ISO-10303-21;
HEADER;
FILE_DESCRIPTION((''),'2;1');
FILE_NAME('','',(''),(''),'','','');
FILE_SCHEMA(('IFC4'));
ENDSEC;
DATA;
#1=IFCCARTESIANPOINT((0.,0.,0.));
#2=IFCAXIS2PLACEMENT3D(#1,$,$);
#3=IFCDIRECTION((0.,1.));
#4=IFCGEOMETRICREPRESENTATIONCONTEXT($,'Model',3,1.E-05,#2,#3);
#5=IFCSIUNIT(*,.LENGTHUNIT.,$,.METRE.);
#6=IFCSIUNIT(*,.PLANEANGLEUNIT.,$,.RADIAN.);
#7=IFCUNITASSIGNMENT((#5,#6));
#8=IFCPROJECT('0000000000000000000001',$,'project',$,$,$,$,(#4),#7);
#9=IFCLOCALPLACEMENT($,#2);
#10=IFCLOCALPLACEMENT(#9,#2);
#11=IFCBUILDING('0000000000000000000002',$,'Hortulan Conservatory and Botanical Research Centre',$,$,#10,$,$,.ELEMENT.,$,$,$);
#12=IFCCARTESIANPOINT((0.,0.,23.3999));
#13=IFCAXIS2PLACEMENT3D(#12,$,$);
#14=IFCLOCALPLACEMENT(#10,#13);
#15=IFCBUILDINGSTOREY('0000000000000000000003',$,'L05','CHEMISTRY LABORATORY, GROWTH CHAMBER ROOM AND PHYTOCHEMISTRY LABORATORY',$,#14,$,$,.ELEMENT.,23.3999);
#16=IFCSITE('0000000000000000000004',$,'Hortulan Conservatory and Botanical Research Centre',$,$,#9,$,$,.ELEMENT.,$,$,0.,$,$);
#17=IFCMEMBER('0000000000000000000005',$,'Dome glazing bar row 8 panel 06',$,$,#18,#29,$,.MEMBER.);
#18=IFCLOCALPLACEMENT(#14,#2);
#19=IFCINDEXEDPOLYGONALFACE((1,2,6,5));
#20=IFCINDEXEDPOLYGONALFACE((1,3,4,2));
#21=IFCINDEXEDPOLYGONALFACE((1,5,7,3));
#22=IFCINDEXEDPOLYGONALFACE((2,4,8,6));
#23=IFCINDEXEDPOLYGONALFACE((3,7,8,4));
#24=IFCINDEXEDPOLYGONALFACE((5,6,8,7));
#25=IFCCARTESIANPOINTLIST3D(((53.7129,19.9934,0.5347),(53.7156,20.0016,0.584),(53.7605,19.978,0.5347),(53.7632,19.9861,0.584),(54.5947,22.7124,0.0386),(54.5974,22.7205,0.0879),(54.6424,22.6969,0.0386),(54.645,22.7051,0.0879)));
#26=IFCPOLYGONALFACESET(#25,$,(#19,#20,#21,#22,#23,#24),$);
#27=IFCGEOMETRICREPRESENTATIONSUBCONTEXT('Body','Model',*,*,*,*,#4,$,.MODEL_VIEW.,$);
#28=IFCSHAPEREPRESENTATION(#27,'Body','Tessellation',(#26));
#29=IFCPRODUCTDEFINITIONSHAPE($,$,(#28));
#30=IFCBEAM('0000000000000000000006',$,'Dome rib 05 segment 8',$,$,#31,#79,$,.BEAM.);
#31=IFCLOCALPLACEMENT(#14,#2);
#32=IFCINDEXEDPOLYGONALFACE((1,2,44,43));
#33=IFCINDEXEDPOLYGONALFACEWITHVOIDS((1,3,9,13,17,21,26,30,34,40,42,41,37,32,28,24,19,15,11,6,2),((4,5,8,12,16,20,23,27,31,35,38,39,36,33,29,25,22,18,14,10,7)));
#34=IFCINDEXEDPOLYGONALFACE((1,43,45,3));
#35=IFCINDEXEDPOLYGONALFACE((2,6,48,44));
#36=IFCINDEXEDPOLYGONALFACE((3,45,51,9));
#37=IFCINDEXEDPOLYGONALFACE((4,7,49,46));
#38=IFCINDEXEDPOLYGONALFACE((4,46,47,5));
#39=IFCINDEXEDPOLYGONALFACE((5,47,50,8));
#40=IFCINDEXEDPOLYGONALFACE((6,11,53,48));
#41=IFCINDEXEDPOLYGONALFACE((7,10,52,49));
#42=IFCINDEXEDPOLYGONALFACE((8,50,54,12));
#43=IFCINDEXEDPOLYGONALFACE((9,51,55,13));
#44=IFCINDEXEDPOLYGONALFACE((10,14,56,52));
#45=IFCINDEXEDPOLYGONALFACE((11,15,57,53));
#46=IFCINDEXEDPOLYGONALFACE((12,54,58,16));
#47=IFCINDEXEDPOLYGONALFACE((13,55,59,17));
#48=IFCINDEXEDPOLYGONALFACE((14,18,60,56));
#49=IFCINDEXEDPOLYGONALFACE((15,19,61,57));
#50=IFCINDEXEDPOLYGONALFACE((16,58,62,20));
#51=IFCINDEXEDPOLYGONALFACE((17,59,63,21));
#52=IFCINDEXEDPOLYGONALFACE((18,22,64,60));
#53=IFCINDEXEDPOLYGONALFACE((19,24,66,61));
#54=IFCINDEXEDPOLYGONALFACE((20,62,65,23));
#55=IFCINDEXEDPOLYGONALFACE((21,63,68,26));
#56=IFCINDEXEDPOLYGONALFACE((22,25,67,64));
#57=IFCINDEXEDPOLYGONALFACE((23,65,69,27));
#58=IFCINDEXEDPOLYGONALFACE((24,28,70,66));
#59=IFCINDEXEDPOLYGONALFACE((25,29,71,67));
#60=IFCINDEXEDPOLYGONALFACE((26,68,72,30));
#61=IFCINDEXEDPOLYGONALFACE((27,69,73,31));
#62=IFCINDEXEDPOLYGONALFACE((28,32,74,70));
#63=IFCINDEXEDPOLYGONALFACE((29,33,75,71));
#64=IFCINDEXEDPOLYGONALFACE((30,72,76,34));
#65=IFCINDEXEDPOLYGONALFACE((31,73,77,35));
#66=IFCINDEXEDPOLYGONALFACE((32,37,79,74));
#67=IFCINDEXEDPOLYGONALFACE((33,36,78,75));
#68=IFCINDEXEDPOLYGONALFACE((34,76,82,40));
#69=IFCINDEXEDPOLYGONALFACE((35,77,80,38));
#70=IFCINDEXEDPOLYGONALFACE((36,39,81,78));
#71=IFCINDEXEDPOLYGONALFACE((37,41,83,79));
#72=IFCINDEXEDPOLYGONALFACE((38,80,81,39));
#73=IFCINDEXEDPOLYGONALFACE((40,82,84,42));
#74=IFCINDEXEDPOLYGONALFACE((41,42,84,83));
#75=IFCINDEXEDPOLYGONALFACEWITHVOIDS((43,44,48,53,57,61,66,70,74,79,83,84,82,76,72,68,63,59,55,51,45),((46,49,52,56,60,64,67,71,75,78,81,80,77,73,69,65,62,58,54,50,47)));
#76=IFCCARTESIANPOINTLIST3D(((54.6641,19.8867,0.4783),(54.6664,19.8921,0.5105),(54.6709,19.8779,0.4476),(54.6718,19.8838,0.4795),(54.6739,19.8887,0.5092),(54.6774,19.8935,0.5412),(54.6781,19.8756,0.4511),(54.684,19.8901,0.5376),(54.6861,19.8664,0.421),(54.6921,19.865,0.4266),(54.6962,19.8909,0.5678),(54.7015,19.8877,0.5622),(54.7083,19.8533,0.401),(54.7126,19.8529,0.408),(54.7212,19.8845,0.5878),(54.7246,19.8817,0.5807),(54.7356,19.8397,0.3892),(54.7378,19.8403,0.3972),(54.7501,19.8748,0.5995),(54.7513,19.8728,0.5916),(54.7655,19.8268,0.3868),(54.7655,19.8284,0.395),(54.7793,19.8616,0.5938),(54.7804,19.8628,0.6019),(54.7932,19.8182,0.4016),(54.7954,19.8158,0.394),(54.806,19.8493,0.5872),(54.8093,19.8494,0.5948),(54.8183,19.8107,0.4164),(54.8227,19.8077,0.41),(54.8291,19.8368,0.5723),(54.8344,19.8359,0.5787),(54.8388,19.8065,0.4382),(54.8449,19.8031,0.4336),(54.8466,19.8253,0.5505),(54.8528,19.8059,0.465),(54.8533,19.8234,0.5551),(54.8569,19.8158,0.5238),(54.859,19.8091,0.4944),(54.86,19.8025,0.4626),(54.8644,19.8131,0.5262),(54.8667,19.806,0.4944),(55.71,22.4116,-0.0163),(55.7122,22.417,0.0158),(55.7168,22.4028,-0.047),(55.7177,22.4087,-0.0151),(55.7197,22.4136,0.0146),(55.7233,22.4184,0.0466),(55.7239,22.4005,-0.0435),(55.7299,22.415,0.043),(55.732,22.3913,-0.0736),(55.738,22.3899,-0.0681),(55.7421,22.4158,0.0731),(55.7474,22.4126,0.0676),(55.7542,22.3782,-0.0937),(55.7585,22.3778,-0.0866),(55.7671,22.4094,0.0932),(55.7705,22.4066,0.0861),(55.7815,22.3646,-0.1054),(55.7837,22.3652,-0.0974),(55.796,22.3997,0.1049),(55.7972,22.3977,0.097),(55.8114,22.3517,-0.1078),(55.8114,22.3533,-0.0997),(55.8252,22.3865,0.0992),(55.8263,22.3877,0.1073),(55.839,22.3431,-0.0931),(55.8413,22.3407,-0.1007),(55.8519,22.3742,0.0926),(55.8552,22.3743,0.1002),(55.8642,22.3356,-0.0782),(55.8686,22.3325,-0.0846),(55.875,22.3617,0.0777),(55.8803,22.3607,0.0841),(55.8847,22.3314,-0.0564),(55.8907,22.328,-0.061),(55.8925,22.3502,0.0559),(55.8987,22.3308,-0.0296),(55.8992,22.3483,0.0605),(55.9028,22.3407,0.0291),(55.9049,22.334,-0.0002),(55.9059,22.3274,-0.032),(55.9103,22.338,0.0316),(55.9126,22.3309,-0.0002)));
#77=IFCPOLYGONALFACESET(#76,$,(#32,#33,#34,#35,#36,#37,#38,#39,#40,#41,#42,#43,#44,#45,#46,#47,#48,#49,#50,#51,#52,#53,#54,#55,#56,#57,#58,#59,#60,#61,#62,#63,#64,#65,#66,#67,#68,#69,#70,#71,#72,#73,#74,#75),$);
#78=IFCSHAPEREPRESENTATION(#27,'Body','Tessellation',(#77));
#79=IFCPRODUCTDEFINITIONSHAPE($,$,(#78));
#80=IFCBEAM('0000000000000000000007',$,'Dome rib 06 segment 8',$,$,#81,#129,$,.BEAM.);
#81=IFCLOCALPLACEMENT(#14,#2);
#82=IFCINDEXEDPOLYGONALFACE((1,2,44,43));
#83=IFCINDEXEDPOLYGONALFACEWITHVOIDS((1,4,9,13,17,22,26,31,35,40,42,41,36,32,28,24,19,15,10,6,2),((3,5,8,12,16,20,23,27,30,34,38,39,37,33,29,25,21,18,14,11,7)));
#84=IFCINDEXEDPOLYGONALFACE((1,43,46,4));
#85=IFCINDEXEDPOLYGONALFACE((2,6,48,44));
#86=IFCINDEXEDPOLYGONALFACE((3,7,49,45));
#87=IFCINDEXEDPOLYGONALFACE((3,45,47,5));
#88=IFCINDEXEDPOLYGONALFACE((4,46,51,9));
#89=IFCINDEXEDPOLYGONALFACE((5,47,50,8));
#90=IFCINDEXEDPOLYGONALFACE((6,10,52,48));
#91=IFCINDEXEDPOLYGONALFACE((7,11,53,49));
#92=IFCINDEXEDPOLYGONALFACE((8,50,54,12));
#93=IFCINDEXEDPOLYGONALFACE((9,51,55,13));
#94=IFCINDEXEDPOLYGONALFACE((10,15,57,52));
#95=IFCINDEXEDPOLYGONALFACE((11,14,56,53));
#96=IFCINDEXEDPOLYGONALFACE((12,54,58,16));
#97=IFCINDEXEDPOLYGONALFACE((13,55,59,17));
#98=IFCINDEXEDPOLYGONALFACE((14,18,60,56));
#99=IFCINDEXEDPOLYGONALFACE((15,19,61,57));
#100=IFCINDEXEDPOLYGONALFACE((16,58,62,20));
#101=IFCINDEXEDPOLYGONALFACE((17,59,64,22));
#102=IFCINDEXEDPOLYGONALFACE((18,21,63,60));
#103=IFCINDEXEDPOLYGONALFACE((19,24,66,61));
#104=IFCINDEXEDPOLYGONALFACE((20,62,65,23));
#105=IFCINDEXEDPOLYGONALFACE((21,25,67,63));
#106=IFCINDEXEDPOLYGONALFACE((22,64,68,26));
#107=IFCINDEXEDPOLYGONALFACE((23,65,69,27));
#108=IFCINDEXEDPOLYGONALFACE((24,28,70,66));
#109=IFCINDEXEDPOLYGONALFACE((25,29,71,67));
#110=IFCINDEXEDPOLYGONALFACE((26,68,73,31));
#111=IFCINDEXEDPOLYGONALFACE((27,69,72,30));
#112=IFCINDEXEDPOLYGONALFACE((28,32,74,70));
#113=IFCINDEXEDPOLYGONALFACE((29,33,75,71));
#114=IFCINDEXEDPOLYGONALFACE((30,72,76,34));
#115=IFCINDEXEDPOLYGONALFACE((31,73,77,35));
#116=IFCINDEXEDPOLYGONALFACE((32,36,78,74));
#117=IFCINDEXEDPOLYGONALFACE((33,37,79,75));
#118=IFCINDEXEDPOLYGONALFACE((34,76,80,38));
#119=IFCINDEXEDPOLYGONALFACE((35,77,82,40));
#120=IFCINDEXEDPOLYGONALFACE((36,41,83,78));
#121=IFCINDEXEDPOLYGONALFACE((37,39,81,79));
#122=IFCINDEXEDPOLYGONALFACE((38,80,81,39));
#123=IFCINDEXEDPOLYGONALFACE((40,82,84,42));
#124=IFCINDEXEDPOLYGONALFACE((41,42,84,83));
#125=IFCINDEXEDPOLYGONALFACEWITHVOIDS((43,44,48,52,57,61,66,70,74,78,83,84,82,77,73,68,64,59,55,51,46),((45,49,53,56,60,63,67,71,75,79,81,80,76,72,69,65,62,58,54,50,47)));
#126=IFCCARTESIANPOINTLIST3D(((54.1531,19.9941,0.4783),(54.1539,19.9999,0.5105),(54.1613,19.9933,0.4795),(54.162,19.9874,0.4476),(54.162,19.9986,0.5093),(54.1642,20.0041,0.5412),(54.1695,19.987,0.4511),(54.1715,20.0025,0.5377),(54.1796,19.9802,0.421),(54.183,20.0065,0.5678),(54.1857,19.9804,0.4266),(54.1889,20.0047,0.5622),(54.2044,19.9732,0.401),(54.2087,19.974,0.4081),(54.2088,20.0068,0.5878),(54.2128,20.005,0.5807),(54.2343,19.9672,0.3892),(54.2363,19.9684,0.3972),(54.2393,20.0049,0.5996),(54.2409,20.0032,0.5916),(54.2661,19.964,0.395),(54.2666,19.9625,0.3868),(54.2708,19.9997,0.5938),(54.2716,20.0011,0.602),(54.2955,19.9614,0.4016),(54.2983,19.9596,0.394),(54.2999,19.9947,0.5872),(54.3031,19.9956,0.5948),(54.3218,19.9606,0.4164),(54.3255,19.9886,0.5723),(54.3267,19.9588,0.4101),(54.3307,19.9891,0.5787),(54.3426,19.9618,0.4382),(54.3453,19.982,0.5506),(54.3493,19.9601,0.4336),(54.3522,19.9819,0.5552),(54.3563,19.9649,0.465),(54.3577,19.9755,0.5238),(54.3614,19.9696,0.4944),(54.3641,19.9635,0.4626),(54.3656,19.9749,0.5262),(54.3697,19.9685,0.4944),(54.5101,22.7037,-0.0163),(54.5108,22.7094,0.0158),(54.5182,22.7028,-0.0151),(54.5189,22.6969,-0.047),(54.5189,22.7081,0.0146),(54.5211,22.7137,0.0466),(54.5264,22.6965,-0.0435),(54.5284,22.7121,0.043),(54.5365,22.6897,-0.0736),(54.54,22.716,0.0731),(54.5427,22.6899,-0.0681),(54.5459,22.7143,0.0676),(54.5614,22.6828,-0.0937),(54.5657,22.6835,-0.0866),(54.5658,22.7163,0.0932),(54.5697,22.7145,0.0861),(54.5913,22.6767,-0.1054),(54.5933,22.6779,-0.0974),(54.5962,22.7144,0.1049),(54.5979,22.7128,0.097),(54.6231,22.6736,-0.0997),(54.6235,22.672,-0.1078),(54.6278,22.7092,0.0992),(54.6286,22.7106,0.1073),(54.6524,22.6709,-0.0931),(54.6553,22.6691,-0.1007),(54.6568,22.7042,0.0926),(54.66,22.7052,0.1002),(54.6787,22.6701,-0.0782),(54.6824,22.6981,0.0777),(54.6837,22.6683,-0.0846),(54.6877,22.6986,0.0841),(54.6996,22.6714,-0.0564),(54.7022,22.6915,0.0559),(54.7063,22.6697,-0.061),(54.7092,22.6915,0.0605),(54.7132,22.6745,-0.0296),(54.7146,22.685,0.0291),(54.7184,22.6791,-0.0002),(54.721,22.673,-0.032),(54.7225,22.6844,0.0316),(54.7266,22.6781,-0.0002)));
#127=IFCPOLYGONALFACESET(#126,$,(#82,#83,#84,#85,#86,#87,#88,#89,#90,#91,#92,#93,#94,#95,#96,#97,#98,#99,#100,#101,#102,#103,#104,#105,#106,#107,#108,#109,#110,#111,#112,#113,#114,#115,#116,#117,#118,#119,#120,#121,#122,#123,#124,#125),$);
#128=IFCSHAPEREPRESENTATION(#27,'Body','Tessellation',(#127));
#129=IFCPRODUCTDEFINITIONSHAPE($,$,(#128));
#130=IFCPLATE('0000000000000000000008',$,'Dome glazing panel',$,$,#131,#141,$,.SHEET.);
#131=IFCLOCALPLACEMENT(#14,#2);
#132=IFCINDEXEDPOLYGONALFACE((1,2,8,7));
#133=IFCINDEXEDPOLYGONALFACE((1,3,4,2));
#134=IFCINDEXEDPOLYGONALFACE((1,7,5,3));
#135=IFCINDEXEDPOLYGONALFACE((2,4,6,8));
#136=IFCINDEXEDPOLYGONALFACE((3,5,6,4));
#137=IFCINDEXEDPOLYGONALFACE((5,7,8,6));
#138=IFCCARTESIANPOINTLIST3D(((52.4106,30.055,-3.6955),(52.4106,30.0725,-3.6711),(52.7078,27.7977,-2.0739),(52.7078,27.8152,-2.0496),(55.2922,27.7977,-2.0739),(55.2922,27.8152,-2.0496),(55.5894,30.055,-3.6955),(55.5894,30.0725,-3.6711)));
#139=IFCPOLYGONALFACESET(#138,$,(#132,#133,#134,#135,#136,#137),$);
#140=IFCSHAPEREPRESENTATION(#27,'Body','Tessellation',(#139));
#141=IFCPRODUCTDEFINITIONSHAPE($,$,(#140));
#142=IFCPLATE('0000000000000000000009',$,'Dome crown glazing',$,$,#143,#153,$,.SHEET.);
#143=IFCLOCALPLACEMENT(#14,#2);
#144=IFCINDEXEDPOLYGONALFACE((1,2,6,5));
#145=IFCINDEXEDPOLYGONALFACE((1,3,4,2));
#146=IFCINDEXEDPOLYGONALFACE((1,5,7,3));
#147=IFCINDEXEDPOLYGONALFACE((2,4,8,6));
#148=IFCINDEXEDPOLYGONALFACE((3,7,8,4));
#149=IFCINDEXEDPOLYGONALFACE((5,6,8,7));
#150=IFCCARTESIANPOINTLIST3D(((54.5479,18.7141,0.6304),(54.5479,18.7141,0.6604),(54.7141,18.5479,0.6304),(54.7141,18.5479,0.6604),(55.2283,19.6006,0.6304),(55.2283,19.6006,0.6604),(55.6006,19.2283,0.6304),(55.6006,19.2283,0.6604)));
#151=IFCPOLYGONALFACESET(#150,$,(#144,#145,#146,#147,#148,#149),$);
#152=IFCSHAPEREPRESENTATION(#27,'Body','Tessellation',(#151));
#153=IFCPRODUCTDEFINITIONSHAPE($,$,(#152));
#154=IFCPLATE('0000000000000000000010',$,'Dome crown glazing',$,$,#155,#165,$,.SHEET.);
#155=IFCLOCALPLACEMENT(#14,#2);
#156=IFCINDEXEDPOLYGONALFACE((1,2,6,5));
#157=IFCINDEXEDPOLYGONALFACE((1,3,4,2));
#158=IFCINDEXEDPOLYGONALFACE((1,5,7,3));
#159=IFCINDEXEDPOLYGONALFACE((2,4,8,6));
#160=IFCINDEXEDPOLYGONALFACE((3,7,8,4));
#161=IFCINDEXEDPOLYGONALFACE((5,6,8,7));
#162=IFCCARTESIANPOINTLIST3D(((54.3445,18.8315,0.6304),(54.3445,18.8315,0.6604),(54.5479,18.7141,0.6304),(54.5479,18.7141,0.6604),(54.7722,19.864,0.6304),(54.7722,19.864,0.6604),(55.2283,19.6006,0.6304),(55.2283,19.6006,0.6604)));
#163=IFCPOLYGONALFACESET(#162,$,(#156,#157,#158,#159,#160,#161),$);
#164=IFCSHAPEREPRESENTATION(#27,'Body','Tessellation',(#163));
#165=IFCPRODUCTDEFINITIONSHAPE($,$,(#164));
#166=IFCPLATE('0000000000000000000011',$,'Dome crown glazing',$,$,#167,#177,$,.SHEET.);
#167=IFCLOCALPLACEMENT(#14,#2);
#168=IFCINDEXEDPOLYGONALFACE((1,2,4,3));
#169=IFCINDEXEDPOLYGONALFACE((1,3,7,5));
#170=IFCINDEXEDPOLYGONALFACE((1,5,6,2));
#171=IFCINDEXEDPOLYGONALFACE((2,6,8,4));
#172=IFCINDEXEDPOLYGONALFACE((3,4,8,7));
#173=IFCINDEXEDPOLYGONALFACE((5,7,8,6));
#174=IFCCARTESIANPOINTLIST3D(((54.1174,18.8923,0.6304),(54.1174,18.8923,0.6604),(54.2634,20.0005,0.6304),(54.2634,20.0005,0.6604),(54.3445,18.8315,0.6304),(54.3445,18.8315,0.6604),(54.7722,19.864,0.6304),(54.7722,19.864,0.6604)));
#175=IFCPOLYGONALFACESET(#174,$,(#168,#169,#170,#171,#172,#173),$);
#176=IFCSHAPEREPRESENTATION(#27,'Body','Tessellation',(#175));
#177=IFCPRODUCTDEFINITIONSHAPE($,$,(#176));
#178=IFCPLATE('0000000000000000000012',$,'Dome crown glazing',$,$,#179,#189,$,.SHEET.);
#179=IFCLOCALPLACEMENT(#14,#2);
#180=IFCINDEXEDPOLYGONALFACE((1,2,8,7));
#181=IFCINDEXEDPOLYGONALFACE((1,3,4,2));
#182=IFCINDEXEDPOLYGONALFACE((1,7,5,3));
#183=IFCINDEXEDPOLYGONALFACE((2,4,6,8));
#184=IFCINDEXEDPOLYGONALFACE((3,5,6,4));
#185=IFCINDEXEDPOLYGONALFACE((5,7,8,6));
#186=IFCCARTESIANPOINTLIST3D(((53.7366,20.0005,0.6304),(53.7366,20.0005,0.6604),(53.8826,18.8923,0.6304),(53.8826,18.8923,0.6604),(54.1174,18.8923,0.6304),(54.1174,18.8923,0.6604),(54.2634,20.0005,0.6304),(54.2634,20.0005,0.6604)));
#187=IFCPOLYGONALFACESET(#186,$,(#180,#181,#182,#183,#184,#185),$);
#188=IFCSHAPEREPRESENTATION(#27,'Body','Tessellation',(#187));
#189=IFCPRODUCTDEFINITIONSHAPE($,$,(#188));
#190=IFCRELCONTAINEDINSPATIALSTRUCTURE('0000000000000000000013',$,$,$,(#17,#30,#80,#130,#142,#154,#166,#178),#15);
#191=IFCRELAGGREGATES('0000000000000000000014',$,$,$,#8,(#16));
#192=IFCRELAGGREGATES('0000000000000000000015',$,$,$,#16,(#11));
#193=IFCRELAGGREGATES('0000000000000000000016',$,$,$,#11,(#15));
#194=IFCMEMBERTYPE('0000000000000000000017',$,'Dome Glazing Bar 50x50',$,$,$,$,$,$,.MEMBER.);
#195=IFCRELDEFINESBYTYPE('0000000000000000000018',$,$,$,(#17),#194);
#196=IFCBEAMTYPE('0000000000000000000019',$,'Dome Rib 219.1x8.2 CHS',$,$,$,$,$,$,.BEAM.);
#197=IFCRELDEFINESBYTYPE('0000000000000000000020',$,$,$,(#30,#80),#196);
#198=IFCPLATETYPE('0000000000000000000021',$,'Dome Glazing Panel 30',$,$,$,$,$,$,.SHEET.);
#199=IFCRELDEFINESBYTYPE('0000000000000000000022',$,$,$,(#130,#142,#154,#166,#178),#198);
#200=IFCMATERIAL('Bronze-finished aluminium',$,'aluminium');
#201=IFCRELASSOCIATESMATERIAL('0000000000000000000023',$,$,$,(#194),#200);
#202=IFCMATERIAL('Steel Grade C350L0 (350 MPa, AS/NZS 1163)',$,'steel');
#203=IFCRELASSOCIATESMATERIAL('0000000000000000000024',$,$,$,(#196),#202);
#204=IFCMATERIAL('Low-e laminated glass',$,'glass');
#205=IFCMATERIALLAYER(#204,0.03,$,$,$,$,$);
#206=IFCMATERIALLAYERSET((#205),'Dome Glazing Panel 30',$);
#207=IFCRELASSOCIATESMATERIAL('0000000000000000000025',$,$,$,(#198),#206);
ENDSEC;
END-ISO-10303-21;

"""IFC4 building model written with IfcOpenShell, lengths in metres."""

from ifc_helpers import new_model, si_unit, direction, frame, origin, origin_2d, place, context, subcontext, project, spatial, polyline, rectangle, hollow_circle, outline, extrude, material, layer, layer_set, material_profile, profile_set, type_object, element, save


model = new_model("IFC4")

# Units and contexts
model_context = context("Model", 3, precision=1e-05, world=origin(), true_north=direction((0.0, 1.0)))
body_context = subcontext(model_context, "Body", "Model", "MODEL_VIEW")
ifc_project = project(units=[si_unit("LENGTHUNIT", "METRE"), si_unit("PLANEANGLEUNIT", "RADIAN")], contexts=[model_context])

# Site, building, storey
site_placement = place(None, origin())
site = spatial("IfcSite", under=ifc_project, at=site_placement, Name="Hortulan Conservatory and Botanical Research Centre", CompositionType="ELEMENT", RefElevation=0.0)
building_placement = place(site_placement, origin())
building = spatial("IfcBuilding", under=site, at=building_placement, Name="Hortulan Conservatory and Botanical Research Centre", CompositionType="ELEMENT")
storey_placement = place(building_placement, frame((0.0, 0.0, 23.3999)))
storey = spatial("IfcBuildingStorey", under=building, at=storey_placement, Name="L05", Description="CHEMISTRY LABORATORY, GROWTH CHAMBER ROOM AND PHYTOCHEMISTRY LABORATORY", CompositionType="ELEMENT", Elevation=23.3999)

# Member
ifc_material_1 = material(Name="Steel Grade C350L0 (350 MPa, AS/NZS 1163)", Category="steel")
ifc_material_2 = material(Name="Bronze-finished aluminium", Category="aluminium")
ifc_material_profile_1 = material_profile(ifc_material_2, rectangle(XDim=0.05, YDim=0.05, at=origin_2d()), Name="Square bar 50x50")
ifc_profile_set_1 = profile_set([ifc_material_profile_1], Name="Bronze-finished aluminium")
member_type_1 = type_object("IfcMemberType", Name="Dome Glazing Bar 50x50", PredefinedType="MEMBER", material=ifc_profile_set_1)
member_1_placement = place(storey_placement, frame((54.6199, 22.7087, 0.0632), z_axis=(-0.303961, -0.937212, 0.170999), x_axis=(0.951223, -0.308505, 0.0)))
element("IfcMember", 1, at=member_1_placement, inside=storey, type_object=member_type_1, Name="Dome glazing bar row 8 panel 06", PredefinedType="MEMBER", context=body_context, shape_type="SweptSolid", body=[
    extrude(rectangle(XDim=0.05, YDim=0.05, at=origin_2d()), origin(), (0.0, 0.0, 1.0), 2.9011),
])

# Beams
ifc_material_profile_2 = material_profile(ifc_material_1, hollow_circle(Radius=0.1096, WallThickness=0.0083, at=origin_2d()), Name="219.1x8.2CHS")
ifc_profile_set_2 = profile_set([ifc_material_profile_2], Name="Steel Grade C350L0 (350 MPa, AS/NZS 1163)")
beam_type = type_object("IfcBeamType", Name="Dome Rib 219.1x8.2 CHS", PredefinedType="BEAM", material=ifc_profile_set_2)
for number, where, z_axis, x_axis, name in (
    (2, (55.8113, 22.3728, -0.0002), (-0.376581, -0.909104, 0.178094), (0.923873, -0.382699, 0.0), "Dome rib 05 segment 8"),
    (3, (54.6179, 22.6924, -0.0002), (-0.128519, -0.975584, 0.178098), (0.991434, -0.130607, 0.0), "Dome rib 06 segment 8"),
):
    element("IfcBeam", number, at=place(storey_placement, frame(where, z_axis=z_axis, x_axis=x_axis)), inside=storey, type_object=beam_type, Name=name, PredefinedType="BEAM", context=body_context, shape_type="SweptSolid", body=[
        extrude(hollow_circle(Radius=0.1096, WallThickness=0.0083, at=origin_2d()), origin(), (0.0, 0.0, 1.0), 2.7773),
    ])

# Plates
ifc_material_3 = material(Name="Low-e laminated glass", Category="glass")
ifc_layer_1 = layer(ifc_material_3, 0.03)
ifc_layer_set_1 = layer_set([ifc_layer_1], Name="Dome Glazing Panel 30")
plate_type_1 = type_object("IfcPlateType", Name="Dome Glazing Panel 30", PredefinedType="SHEET", material=ifc_layer_set_1)
plate_1_placement = place(storey_placement, frame((55.5894, 30.0725, -3.6711), z_axis=(0.0, 0.58343, 0.812164), x_axis=(-1.0, 0.0, 0.0)))
element("IfcPlate", 4, at=plate_1_placement, inside=storey, type_object=plate_type_1, Name="Dome glazing panel", PredefinedType="SHEET", context=body_context, shape_type="SweptSolid", body=[
    extrude(outline(polyline([(0.0, 0.0), (3.1787, 0.0), (2.8816, 2.7794), (0.2971, 2.7794), (0.0, 0.0)])), origin(), (0.0, 0.0, -1.0), 0.03),
])
plate_2_placement = place(storey_placement, frame((55.6006, 19.2283, 0.6604), z_axis=(0.0, 0.0, 1.0), x_axis=(-0.707107, 0.707107, 0.0)))
element("IfcPlate", 5, at=plate_2_placement, inside=storey, type_object=plate_type_1, Name="Dome crown glazing", PredefinedType="SHEET", context=body_context, shape_type="SweptSolid", body=[
    extrude(outline(polyline([(0.0, 0.0), (0.5265, 0.0), (0.3808, 1.108), (0.1457, 1.108), (0.0, 0.0)])), origin(), (0.0, 0.0, -1.0), 0.03),
])
plate_3_placement = place(storey_placement, frame((55.2283, 19.6006, 0.6604), z_axis=(0.0, 0.0, 1.0), x_axis=(-0.865923, 0.500177, 0.0)))
element("IfcPlate", 6, at=plate_3_placement, inside=storey, type_object=plate_type_1, Name="Dome crown glazing", PredefinedType="SHEET", context=body_context, shape_type="SweptSolid", body=[
    extrude(outline(polyline([(0.0, 0.0), (0.5267, 0.0), (0.3806, 1.108), (0.1458, 1.1079), (0.0, 0.0)])), origin(), (0.0, 0.0, -1.0), 0.03),
])
plate_4_placement = place(storey_placement, frame((54.7722, 19.864, 0.6604), z_axis=(0.0, 0.0, 1.0), x_axis=(-0.965857, 0.259076, 0.0)))
element("IfcPlate", 7, at=plate_4_placement, inside=storey, type_object=plate_type_1, Name="Dome crown glazing", PredefinedType="SHEET", context=body_context, shape_type="SweptSolid", body=[
    extrude(outline(polyline([(0.0, 0.0), (0.5268, 0.0), (0.3807, 1.1081), (0.1456, 1.108), (0.0, 0.0)])), origin(), (0.0, 0.0, -1.0), 0.03),
])
plate_5_placement = place(storey_placement, frame((54.2634, 20.0005, 0.6604), z_axis=(0.0, 0.0, 1.0), x_axis=(-1.0, 0.0, 0.0)))
element("IfcPlate", 8, at=plate_5_placement, inside=storey, type_object=plate_type_1, Name="Dome crown glazing", PredefinedType="SHEET", context=body_context, shape_type="SweptSolid", body=[
    extrude(outline(polyline([(0.0, 0.0), (0.5269, 0.0), (0.3809, 1.1082), (0.146, 1.1082), (0.0, 0.0)])), origin(), (0.0, 0.0, -1.0), 0.03),
])

save(model, "model.ifc")
